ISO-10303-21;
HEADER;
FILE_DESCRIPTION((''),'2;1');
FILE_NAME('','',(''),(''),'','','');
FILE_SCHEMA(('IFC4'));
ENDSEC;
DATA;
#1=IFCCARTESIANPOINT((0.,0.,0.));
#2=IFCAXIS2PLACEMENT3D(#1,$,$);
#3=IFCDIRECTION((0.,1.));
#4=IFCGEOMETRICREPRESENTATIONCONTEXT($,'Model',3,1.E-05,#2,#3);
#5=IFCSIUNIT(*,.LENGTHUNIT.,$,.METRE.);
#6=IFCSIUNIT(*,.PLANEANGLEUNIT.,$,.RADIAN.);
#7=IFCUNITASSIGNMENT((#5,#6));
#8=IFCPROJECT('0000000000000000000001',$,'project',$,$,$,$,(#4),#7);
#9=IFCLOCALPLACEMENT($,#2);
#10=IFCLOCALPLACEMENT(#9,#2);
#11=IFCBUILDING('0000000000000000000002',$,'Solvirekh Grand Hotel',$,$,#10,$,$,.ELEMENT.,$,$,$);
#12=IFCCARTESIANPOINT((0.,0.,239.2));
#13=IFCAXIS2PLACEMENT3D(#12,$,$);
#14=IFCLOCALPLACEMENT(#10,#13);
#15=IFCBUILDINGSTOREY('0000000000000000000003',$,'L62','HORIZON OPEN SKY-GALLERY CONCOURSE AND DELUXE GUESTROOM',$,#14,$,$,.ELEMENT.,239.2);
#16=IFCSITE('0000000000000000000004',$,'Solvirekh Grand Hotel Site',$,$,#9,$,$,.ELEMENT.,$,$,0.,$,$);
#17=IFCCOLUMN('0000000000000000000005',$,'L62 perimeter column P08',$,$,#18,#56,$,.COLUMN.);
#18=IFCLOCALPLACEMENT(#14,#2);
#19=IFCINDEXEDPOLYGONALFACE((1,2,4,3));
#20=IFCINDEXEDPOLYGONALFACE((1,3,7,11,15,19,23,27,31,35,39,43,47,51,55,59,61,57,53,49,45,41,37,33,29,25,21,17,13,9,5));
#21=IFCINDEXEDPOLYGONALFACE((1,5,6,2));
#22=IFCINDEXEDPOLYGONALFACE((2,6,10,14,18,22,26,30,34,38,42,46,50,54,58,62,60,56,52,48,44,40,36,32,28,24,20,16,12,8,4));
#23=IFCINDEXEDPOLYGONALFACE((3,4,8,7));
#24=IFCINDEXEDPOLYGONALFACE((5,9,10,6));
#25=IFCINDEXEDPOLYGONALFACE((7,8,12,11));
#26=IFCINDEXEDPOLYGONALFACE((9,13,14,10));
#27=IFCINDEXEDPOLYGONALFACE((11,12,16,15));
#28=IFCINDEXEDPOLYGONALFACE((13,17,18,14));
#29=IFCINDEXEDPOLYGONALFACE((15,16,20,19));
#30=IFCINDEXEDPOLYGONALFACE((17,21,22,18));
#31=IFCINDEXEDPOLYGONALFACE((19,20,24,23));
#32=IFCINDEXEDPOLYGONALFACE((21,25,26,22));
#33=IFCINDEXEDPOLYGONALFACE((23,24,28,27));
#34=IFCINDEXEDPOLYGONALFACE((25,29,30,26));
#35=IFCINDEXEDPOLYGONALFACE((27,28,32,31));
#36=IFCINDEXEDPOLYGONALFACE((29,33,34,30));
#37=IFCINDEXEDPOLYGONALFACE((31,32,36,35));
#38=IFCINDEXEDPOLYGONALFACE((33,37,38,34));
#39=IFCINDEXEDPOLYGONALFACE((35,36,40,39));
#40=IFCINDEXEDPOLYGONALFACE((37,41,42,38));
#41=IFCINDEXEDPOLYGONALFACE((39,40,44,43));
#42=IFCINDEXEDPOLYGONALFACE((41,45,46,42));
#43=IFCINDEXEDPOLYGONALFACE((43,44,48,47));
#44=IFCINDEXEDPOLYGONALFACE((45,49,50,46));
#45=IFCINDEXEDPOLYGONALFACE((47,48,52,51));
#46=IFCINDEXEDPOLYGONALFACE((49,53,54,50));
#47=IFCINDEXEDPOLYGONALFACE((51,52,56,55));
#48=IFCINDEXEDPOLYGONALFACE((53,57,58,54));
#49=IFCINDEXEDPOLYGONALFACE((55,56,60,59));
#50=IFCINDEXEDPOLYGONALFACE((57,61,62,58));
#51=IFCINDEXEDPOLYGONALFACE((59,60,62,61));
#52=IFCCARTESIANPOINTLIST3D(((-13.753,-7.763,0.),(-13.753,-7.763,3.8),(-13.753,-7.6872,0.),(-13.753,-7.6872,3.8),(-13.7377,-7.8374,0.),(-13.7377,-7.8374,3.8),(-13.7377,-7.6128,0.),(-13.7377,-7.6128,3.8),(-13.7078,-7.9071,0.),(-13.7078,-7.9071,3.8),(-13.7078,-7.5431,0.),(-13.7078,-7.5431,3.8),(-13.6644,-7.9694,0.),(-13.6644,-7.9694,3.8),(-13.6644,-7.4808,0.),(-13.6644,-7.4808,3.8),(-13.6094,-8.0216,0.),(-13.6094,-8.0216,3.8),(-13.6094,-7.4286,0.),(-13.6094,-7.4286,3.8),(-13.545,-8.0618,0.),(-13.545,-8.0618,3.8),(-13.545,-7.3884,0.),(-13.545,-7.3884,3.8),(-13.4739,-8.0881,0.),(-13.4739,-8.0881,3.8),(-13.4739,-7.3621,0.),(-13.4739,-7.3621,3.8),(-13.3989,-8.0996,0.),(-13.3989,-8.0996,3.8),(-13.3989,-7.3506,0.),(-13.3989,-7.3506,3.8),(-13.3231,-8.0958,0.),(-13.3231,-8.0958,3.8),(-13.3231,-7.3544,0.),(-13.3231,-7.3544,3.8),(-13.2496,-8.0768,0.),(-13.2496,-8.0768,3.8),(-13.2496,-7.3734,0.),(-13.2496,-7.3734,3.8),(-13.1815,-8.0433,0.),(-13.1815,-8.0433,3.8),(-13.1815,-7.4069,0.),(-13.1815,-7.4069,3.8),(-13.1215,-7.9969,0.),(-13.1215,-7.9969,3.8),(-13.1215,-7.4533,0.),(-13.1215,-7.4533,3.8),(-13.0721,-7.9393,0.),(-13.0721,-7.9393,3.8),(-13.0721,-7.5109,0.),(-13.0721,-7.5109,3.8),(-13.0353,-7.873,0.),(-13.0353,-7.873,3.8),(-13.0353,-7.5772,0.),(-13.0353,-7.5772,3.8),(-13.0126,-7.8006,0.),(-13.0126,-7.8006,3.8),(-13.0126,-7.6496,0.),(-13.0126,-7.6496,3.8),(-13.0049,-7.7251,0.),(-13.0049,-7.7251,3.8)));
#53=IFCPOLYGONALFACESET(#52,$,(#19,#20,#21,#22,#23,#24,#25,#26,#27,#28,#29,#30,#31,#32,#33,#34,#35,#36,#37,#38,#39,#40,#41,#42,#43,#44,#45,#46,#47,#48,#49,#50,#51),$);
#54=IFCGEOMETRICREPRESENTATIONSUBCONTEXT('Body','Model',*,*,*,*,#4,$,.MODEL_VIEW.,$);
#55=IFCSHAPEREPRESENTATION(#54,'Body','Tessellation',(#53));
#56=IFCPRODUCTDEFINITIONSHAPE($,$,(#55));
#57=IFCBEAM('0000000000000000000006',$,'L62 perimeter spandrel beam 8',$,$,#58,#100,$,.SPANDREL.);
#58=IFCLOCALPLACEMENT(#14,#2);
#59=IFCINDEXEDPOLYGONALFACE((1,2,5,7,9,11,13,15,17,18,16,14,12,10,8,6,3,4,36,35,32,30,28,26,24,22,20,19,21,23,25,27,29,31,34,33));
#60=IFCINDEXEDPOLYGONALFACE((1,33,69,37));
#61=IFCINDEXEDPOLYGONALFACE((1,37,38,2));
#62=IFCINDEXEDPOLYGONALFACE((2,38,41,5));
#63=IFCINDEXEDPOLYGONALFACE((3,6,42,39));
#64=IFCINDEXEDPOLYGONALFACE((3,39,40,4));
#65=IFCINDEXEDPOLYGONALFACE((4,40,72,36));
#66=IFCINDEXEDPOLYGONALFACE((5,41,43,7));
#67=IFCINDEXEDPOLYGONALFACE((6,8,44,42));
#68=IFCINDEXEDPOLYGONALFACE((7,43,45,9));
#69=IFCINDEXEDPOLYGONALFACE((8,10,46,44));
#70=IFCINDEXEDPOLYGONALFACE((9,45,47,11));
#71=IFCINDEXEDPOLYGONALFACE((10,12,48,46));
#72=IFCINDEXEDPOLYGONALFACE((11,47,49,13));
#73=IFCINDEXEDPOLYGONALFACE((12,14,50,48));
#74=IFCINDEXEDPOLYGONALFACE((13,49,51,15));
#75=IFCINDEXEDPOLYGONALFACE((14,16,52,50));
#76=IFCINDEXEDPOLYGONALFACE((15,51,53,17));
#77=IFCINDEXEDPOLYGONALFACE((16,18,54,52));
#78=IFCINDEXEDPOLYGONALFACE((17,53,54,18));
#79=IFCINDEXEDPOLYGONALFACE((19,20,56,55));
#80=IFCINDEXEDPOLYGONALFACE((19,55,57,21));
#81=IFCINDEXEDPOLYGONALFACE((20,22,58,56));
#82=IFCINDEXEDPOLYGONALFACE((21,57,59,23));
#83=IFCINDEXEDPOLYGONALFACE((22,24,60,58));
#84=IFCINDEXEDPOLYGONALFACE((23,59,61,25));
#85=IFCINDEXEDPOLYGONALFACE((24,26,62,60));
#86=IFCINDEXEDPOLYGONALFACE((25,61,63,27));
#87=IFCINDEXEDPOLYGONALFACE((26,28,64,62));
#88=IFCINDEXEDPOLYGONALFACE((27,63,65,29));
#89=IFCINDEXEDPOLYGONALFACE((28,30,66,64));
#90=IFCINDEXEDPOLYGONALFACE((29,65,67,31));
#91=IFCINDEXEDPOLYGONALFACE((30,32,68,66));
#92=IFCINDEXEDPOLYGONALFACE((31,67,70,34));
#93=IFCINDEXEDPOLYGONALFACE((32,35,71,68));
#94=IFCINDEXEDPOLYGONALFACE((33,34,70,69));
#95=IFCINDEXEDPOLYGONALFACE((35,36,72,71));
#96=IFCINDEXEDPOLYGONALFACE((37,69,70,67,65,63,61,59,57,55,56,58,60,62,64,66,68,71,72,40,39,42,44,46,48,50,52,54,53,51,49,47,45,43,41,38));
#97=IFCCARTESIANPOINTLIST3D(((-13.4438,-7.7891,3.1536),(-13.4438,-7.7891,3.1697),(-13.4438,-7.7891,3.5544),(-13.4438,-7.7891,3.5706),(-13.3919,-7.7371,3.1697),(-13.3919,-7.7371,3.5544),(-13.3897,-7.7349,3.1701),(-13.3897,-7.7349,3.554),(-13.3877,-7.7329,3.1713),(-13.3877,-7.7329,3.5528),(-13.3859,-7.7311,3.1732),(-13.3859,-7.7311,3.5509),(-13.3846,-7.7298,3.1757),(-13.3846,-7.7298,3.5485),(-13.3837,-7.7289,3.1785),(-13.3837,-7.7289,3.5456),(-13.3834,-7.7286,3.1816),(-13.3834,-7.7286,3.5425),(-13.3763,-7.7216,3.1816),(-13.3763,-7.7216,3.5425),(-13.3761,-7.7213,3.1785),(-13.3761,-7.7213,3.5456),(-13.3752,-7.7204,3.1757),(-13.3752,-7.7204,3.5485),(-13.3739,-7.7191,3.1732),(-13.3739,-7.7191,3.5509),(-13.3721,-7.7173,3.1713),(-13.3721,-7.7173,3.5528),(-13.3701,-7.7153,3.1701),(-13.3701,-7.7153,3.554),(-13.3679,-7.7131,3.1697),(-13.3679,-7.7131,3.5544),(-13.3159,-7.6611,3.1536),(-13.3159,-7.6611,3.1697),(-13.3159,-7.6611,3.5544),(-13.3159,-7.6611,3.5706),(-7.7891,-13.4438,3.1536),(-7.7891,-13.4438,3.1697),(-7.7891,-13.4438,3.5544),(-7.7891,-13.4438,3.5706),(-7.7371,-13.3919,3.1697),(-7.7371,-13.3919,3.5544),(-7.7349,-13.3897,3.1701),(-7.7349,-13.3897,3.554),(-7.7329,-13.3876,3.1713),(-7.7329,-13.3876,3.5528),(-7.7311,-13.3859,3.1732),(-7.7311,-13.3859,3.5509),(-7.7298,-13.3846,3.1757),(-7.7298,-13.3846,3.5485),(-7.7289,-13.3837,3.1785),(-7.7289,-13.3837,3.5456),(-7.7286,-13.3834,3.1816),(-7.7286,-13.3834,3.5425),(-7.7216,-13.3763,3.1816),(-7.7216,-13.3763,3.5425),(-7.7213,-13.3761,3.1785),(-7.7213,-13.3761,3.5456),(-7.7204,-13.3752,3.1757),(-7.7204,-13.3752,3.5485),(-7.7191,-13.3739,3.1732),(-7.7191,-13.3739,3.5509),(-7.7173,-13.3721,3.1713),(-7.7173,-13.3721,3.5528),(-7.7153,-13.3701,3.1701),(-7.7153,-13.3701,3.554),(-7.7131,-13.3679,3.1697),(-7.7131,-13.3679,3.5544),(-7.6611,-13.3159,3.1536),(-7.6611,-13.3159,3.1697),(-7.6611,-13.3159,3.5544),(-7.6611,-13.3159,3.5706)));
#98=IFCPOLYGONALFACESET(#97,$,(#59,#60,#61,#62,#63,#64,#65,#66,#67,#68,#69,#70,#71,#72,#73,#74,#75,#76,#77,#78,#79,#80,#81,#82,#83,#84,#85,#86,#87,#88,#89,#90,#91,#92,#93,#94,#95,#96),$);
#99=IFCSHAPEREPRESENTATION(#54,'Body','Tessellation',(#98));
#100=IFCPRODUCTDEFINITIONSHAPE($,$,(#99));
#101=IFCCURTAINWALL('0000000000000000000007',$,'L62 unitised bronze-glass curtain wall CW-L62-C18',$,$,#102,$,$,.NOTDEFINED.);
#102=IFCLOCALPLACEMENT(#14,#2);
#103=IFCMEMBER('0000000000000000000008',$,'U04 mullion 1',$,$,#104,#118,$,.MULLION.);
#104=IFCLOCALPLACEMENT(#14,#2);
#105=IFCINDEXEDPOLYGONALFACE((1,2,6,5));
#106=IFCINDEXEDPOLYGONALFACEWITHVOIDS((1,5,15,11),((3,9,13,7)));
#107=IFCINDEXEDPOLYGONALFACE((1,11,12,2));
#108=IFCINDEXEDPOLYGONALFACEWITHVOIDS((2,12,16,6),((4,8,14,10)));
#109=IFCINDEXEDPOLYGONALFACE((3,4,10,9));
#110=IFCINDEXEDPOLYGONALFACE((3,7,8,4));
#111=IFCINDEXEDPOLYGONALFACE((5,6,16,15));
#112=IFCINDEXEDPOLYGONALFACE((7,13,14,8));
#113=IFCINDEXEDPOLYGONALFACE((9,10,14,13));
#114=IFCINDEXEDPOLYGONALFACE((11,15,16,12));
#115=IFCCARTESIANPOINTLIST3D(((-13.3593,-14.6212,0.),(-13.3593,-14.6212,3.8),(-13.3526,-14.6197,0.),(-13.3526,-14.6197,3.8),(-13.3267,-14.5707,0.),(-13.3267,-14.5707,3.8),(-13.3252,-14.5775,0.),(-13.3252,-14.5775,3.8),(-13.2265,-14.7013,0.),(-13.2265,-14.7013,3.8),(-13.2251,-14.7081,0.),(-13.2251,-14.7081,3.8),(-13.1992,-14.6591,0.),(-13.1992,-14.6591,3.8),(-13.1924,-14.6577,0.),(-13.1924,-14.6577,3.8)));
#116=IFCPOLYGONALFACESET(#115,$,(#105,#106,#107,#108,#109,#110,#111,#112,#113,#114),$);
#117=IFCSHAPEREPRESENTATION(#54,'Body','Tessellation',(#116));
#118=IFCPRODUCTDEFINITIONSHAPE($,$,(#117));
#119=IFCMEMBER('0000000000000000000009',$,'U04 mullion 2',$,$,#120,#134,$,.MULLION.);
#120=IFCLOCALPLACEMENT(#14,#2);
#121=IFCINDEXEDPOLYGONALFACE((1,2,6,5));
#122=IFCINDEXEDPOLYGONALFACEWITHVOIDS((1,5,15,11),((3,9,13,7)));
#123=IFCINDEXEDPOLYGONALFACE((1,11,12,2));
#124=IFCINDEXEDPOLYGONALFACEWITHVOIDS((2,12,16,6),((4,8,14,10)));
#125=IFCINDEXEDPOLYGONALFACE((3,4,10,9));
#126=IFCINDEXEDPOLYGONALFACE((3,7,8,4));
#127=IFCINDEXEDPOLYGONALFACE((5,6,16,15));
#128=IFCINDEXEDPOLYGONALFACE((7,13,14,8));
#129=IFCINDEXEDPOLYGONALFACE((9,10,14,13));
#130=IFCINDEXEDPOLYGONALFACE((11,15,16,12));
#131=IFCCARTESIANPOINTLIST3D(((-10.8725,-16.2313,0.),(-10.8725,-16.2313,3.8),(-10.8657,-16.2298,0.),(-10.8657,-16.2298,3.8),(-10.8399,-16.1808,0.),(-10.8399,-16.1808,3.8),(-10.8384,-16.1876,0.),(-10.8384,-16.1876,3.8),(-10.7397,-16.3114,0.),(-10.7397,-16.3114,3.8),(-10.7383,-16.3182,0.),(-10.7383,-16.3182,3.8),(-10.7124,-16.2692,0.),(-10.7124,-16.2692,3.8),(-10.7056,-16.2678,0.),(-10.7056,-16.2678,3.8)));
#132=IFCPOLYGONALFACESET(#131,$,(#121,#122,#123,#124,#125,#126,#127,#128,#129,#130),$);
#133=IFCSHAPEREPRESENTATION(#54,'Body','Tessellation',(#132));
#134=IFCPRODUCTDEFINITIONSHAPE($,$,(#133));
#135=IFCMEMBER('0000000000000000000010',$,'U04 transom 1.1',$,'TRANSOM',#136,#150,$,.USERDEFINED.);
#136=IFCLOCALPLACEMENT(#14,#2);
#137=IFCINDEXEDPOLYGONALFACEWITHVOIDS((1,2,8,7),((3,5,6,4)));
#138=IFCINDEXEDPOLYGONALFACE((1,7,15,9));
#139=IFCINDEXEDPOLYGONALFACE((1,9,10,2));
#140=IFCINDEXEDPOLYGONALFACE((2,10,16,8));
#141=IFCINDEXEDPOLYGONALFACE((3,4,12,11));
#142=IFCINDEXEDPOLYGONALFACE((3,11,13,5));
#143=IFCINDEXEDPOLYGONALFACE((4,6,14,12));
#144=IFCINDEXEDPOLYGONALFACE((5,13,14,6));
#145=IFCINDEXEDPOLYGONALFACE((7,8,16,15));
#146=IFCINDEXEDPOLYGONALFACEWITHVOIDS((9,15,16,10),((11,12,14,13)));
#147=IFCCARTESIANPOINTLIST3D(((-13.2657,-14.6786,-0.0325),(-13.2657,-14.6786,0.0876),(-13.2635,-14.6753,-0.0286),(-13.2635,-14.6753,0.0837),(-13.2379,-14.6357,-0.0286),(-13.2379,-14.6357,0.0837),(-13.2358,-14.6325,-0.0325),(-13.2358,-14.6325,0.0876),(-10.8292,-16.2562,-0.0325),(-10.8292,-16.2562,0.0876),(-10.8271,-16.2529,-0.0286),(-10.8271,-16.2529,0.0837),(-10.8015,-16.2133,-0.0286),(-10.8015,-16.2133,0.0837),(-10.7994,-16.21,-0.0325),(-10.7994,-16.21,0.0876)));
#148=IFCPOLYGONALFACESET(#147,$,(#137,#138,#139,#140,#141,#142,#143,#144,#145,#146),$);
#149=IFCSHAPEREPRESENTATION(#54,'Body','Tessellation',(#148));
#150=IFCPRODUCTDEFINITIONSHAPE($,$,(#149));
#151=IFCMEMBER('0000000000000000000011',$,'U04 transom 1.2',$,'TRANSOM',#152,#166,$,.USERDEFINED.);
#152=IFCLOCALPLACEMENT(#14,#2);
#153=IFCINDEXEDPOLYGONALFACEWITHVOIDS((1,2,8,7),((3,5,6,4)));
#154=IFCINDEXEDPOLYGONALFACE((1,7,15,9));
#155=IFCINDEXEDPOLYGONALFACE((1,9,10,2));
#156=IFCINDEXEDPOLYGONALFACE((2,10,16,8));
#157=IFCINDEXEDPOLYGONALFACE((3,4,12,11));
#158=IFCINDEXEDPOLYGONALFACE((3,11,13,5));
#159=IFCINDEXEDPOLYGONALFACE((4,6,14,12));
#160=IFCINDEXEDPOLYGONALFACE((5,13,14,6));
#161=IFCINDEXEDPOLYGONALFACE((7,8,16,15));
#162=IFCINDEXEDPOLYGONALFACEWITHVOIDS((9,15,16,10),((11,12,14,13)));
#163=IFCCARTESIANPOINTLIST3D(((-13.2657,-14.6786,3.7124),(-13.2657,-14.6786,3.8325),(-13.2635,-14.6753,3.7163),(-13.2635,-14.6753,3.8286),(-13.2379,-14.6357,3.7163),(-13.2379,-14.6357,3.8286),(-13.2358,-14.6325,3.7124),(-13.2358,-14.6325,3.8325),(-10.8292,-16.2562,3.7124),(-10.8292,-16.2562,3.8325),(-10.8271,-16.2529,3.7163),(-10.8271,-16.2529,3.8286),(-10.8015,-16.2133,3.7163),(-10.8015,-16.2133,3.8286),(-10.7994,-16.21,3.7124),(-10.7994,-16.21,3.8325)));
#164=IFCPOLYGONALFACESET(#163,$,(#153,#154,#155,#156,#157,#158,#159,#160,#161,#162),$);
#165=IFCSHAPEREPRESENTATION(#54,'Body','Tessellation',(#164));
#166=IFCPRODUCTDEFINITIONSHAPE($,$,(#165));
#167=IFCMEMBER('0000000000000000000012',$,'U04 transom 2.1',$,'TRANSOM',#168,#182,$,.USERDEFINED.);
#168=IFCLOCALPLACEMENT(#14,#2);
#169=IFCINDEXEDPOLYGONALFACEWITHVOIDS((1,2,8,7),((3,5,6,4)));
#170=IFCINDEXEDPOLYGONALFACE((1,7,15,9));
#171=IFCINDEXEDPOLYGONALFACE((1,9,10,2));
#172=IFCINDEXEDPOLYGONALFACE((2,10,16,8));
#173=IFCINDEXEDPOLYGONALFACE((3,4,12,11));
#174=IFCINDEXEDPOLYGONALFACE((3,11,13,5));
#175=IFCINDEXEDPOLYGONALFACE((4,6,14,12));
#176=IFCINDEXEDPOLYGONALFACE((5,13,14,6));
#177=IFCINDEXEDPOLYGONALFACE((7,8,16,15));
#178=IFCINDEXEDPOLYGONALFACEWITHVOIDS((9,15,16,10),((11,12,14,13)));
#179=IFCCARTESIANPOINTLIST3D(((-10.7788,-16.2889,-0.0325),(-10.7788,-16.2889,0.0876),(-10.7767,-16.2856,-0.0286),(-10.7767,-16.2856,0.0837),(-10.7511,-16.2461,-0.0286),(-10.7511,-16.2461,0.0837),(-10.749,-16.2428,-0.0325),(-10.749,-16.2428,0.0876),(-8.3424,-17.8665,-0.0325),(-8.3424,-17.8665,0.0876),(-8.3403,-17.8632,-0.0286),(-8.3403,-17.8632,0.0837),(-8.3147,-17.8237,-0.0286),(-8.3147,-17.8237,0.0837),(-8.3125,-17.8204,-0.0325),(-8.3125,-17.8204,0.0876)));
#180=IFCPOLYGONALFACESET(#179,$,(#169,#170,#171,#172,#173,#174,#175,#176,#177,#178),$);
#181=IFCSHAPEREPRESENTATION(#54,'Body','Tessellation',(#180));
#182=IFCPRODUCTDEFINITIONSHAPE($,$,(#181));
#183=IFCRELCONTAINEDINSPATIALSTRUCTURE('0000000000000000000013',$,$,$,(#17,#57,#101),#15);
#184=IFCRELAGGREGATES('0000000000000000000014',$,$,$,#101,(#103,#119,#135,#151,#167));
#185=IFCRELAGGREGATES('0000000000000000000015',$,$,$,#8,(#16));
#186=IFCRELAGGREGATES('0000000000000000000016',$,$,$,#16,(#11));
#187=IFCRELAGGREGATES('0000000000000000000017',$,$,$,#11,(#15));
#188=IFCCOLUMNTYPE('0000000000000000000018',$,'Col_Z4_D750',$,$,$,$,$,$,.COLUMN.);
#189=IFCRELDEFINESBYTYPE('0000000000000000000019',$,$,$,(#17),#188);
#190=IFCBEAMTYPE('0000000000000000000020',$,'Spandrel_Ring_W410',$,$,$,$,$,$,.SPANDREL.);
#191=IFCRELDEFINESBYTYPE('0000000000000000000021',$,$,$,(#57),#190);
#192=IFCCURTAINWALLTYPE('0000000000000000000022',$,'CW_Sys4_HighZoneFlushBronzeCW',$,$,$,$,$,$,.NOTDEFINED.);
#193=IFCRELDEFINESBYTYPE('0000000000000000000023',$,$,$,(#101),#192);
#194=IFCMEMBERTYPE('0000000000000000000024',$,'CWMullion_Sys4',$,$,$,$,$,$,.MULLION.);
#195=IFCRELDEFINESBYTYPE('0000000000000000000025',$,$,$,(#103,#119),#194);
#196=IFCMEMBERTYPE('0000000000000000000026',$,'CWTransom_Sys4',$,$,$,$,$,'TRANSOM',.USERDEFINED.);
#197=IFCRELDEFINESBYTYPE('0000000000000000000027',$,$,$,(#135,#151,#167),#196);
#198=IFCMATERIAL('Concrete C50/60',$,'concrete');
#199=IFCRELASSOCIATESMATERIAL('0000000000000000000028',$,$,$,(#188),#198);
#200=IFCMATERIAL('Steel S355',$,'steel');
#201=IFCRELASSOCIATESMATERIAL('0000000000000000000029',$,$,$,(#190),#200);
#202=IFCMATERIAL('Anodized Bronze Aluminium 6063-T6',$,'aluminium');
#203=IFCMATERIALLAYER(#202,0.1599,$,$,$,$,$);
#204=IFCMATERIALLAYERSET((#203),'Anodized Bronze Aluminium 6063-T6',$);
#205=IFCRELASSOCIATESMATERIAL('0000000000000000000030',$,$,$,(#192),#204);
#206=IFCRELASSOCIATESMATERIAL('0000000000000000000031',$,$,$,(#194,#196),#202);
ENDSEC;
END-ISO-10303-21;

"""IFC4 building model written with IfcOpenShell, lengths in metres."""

from ifc_helpers import new_model, si_unit, direction, frame, origin, origin_2d, place, context, subcontext, project, spatial, hollow_rectangle, circle, i_section, extrude, source, transform, mapped, material, layer, layer_set, material_profile, profile_set, type_object, element, aggregate, save


model = new_model("IFC4")

# Units and contexts
model_context = context("Model", 3, precision=1e-05, world=origin(), true_north=direction((0.0, 1.0)))
body_context = subcontext(model_context, "Body", "Model", "MODEL_VIEW")
ifc_project = project(units=[si_unit("LENGTHUNIT", "METRE"), si_unit("PLANEANGLEUNIT", "RADIAN")], contexts=[model_context])

# Site, building, storey
site_placement = place(None, origin())
site = spatial("IfcSite", under=ifc_project, at=site_placement, Name="Solvirekh Grand Hotel Site", CompositionType="ELEMENT", RefElevation=0.0)
building_placement = place(site_placement, origin())
building = spatial("IfcBuilding", under=site, at=building_placement, Name="Solvirekh Grand Hotel", CompositionType="ELEMENT")
storey_placement = place(building_placement, frame((0.0, 0.0, 239.2)))
storey = spatial("IfcBuildingStorey", under=building, at=storey_placement, Name="L62", Description="HORIZON OPEN SKY-GALLERY CONCOURSE AND DELUXE GUESTROOM", CompositionType="ELEMENT", Elevation=239.2)

# Column
ifc_material_1 = material(Name="Concrete C50/60", Category="concrete")
ifc_material_profile_1 = material_profile(ifc_material_1, circle(Radius=0.375, at=origin_2d()), Name="RC CIRC D750")
ifc_profile_set_1 = profile_set([ifc_material_profile_1], Name="Concrete C50/60")
column_type = type_object("IfcColumnType", Name="Col_Z4_D750", PredefinedType="COLUMN", material=ifc_profile_set_1)
column_placement = place(storey_placement, frame((-13.3799, -7.7251, 0.0), z_axis=(0.0, 0.0, 1.0), x_axis=(1.0, 0.0, 0.0)))
element("IfcColumn", 1, at=column_placement, inside=storey, type_object=column_type, Name="L62 perimeter column P08", PredefinedType="COLUMN", context=body_context, shape_type="SweptSolid", body=[
    extrude(circle(Radius=0.375, at=origin_2d()), origin(), (0.0, 0.0, 1.0), 3.8),
])

# Beam
ifc_material_2 = material(Name="Steel S355", Category="steel")
ifc_material_profile_2 = material_profile(ifc_material_2, i_section(OverallWidth=0.1809, OverallDepth=0.417, WebThickness=0.01, FlangeThickness=0.0161, FilletRadius=0.012, at=origin_2d()), Name="W410X85")
ifc_profile_set_2 = profile_set([ifc_material_profile_2], Name="Steel S355")
beam_type = type_object("IfcBeamType", Name="Spandrel_Ring_W410", PredefinedType="SPANDREL", material=ifc_profile_set_2)
beam_placement = place(storey_placement, frame((-13.3799, -7.7251, 3.3621), z_axis=(0.707107, -0.707107, 0.0), x_axis=(0.707107, 0.707107, 0.0)))
element("IfcBeam", 2, at=beam_placement, inside=storey, type_object=beam_type, Name="L62 perimeter spandrel beam 8", PredefinedType="SPANDREL", context=body_context, shape_type="SweptSolid", body=[
    extrude(i_section(OverallWidth=0.1809, OverallDepth=0.417, WebThickness=0.01, FlangeThickness=0.0161, FilletRadius=0.012, at=origin_2d()), origin(), (0.0, 0.0, 1.0), 7.9971),
])

# Curtain wall, members
ifc_material_3 = material(Name="Anodized Bronze Aluminium 6063-T6", Category="aluminium")
ifc_layer_1 = layer(ifc_material_3, 0.1599)
ifc_layer_set_1 = layer_set([ifc_layer_1], Name="Anodized Bronze Aluminium 6063-T6")
curtain_wall_type = type_object("IfcCurtainWallType", Name="CW_Sys4_HighZoneFlushBronzeCW", PredefinedType="NOTDEFINED", material=ifc_layer_set_1)
curtain_wall_placement = place(storey_placement, origin())
curtain_wall = element("IfcCurtainWall", 3, at=curtain_wall_placement, inside=storey, type_object=curtain_wall_type, Name="L62 unitised bronze-glass curtain wall CW-L62-C18", PredefinedType="NOTDEFINED")
ifc_material_profile_3 = material_profile(ifc_material_3, hollow_rectangle(XDim=0.0601, YDim=0.1599, WallThickness=0.0049, at=origin_2d()), Name="ALU RHS 160X60X5")
ifc_profile_set_3 = profile_set([ifc_material_profile_3], Name="Anodized Bronze Aluminium 6063-T6")
member_type_1 = type_object("IfcMemberType", Name="CWMullion_Sys4", PredefinedType="MULLION", material=ifc_profile_set_3)
shared_shape_1 = source(origin(), body_context, "Body", "SweptSolid", [
    extrude(hollow_rectangle(XDim=0.0601, YDim=0.1599, WallThickness=0.0049, at=origin_2d()), origin(), (0.0, 0.0, 1.0), 3.8),
])
member_1_placement = place(storey_placement, frame((-13.2759, -14.6394, 0.0), z_axis=(0.0, 0.0, 1.0), x_axis=(0.543508, 0.839404, 0.0)))
member_1 = element("IfcMember", 4, at=member_1_placement, type_object=member_type_1, Name="U04 mullion 1", PredefinedType="MULLION", context=body_context, shape_type="MappedRepresentation", body=[
    mapped(shared_shape_1, transform((0.0, 0.0, 0.0), x_axis=(1.0, 0.0, 0.0), y_axis=(0.0, 1.0, 0.0), z_axis=(0.0, 0.0, 1.0), scale=1.0)),
])
member_2_placement = place(storey_placement, frame((-10.7891, -16.2495, 0.0), z_axis=(0.0, 0.0, 1.0), x_axis=(0.543508, 0.839404, 0.0)))
member_2 = element("IfcMember", 5, at=member_2_placement, type_object=member_type_1, Name="U04 mullion 2", PredefinedType="MULLION", context=body_context, shape_type="MappedRepresentation", body=[
    mapped(shared_shape_1, transform((0.0, 0.0, 0.0), x_axis=(1.0, 0.0, 0.0), y_axis=(0.0, 1.0, 0.0), z_axis=(0.0, 0.0, 1.0), scale=1.0)),
])
ifc_material_profile_4 = material_profile(ifc_material_3, hollow_rectangle(XDim=0.0549, YDim=0.1201, WallThickness=0.0039, at=origin_2d()), Name="ALU RHS 120X55X4")
ifc_profile_set_4 = profile_set([ifc_material_profile_4], Name="Anodized Bronze Aluminium 6063-T6")
member_type_2 = type_object("IfcMemberType", Name="CWTransom_Sys4", ElementType="TRANSOM", PredefinedType="USERDEFINED", material=ifc_profile_set_4)
shared_shape_2 = source(origin(), body_context, "Body", "SweptSolid", [
    extrude(hollow_rectangle(XDim=0.0549, YDim=0.1201, WallThickness=0.0039, at=origin_2d()), origin(), (0.0, 0.0, 1.0), 2.9026),
])
member_3_placement = place(storey_placement, frame((-13.2507, -14.6555, 0.0276), z_axis=(0.839403, -0.543509, 0.0), x_axis=(0.543509, 0.839403, 0.0)))
member_3 = element("IfcMember", 6, at=member_3_placement, type_object=member_type_2, Name="U04 transom 1.1", ObjectType="TRANSOM", PredefinedType="USERDEFINED", context=body_context, shape_type="MappedRepresentation", body=[
    mapped(shared_shape_2, transform((0.0, 0.0, 0.0), x_axis=(1.0, 0.0, 0.0), y_axis=(0.0, 1.0, 0.0), z_axis=(0.0, 0.0, 1.0), scale=1.0)),
])
member_4_placement = place(storey_placement, frame((-13.2507, -14.6555, 3.7725), z_axis=(0.839403, -0.543509, 0.0), x_axis=(0.543509, 0.839403, 0.0)))
member_4 = element("IfcMember", 7, at=member_4_placement, type_object=member_type_2, Name="U04 transom 1.2", ObjectType="TRANSOM", PredefinedType="USERDEFINED", context=body_context, shape_type="MappedRepresentation", body=[
    mapped(shared_shape_2, transform((0.0, 0.0, 0.0), x_axis=(1.0, 0.0, 0.0), y_axis=(0.0, 1.0, 0.0), z_axis=(0.0, 0.0, 1.0), scale=1.0)),
])
member_5_placement = place(storey_placement, frame((-10.7639, -16.2659, 0.0276), z_axis=(0.839403, -0.543509, 0.0), x_axis=(0.543509, 0.839403, 0.0)))
member_5 = element("IfcMember", 8, at=member_5_placement, type_object=member_type_2, Name="U04 transom 2.1", ObjectType="TRANSOM", PredefinedType="USERDEFINED", context=body_context, shape_type="MappedRepresentation", body=[
    mapped(shared_shape_2, transform((0.0, 0.0, 0.0), x_axis=(1.0, 0.0, 0.0), y_axis=(0.0, 1.0, 0.0), z_axis=(0.0, 0.0, 1.0), scale=1.0)),
])
aggregate(curtain_wall, [member_1, member_2, member_3, member_4, member_5])

save(model, "model.ifc")
